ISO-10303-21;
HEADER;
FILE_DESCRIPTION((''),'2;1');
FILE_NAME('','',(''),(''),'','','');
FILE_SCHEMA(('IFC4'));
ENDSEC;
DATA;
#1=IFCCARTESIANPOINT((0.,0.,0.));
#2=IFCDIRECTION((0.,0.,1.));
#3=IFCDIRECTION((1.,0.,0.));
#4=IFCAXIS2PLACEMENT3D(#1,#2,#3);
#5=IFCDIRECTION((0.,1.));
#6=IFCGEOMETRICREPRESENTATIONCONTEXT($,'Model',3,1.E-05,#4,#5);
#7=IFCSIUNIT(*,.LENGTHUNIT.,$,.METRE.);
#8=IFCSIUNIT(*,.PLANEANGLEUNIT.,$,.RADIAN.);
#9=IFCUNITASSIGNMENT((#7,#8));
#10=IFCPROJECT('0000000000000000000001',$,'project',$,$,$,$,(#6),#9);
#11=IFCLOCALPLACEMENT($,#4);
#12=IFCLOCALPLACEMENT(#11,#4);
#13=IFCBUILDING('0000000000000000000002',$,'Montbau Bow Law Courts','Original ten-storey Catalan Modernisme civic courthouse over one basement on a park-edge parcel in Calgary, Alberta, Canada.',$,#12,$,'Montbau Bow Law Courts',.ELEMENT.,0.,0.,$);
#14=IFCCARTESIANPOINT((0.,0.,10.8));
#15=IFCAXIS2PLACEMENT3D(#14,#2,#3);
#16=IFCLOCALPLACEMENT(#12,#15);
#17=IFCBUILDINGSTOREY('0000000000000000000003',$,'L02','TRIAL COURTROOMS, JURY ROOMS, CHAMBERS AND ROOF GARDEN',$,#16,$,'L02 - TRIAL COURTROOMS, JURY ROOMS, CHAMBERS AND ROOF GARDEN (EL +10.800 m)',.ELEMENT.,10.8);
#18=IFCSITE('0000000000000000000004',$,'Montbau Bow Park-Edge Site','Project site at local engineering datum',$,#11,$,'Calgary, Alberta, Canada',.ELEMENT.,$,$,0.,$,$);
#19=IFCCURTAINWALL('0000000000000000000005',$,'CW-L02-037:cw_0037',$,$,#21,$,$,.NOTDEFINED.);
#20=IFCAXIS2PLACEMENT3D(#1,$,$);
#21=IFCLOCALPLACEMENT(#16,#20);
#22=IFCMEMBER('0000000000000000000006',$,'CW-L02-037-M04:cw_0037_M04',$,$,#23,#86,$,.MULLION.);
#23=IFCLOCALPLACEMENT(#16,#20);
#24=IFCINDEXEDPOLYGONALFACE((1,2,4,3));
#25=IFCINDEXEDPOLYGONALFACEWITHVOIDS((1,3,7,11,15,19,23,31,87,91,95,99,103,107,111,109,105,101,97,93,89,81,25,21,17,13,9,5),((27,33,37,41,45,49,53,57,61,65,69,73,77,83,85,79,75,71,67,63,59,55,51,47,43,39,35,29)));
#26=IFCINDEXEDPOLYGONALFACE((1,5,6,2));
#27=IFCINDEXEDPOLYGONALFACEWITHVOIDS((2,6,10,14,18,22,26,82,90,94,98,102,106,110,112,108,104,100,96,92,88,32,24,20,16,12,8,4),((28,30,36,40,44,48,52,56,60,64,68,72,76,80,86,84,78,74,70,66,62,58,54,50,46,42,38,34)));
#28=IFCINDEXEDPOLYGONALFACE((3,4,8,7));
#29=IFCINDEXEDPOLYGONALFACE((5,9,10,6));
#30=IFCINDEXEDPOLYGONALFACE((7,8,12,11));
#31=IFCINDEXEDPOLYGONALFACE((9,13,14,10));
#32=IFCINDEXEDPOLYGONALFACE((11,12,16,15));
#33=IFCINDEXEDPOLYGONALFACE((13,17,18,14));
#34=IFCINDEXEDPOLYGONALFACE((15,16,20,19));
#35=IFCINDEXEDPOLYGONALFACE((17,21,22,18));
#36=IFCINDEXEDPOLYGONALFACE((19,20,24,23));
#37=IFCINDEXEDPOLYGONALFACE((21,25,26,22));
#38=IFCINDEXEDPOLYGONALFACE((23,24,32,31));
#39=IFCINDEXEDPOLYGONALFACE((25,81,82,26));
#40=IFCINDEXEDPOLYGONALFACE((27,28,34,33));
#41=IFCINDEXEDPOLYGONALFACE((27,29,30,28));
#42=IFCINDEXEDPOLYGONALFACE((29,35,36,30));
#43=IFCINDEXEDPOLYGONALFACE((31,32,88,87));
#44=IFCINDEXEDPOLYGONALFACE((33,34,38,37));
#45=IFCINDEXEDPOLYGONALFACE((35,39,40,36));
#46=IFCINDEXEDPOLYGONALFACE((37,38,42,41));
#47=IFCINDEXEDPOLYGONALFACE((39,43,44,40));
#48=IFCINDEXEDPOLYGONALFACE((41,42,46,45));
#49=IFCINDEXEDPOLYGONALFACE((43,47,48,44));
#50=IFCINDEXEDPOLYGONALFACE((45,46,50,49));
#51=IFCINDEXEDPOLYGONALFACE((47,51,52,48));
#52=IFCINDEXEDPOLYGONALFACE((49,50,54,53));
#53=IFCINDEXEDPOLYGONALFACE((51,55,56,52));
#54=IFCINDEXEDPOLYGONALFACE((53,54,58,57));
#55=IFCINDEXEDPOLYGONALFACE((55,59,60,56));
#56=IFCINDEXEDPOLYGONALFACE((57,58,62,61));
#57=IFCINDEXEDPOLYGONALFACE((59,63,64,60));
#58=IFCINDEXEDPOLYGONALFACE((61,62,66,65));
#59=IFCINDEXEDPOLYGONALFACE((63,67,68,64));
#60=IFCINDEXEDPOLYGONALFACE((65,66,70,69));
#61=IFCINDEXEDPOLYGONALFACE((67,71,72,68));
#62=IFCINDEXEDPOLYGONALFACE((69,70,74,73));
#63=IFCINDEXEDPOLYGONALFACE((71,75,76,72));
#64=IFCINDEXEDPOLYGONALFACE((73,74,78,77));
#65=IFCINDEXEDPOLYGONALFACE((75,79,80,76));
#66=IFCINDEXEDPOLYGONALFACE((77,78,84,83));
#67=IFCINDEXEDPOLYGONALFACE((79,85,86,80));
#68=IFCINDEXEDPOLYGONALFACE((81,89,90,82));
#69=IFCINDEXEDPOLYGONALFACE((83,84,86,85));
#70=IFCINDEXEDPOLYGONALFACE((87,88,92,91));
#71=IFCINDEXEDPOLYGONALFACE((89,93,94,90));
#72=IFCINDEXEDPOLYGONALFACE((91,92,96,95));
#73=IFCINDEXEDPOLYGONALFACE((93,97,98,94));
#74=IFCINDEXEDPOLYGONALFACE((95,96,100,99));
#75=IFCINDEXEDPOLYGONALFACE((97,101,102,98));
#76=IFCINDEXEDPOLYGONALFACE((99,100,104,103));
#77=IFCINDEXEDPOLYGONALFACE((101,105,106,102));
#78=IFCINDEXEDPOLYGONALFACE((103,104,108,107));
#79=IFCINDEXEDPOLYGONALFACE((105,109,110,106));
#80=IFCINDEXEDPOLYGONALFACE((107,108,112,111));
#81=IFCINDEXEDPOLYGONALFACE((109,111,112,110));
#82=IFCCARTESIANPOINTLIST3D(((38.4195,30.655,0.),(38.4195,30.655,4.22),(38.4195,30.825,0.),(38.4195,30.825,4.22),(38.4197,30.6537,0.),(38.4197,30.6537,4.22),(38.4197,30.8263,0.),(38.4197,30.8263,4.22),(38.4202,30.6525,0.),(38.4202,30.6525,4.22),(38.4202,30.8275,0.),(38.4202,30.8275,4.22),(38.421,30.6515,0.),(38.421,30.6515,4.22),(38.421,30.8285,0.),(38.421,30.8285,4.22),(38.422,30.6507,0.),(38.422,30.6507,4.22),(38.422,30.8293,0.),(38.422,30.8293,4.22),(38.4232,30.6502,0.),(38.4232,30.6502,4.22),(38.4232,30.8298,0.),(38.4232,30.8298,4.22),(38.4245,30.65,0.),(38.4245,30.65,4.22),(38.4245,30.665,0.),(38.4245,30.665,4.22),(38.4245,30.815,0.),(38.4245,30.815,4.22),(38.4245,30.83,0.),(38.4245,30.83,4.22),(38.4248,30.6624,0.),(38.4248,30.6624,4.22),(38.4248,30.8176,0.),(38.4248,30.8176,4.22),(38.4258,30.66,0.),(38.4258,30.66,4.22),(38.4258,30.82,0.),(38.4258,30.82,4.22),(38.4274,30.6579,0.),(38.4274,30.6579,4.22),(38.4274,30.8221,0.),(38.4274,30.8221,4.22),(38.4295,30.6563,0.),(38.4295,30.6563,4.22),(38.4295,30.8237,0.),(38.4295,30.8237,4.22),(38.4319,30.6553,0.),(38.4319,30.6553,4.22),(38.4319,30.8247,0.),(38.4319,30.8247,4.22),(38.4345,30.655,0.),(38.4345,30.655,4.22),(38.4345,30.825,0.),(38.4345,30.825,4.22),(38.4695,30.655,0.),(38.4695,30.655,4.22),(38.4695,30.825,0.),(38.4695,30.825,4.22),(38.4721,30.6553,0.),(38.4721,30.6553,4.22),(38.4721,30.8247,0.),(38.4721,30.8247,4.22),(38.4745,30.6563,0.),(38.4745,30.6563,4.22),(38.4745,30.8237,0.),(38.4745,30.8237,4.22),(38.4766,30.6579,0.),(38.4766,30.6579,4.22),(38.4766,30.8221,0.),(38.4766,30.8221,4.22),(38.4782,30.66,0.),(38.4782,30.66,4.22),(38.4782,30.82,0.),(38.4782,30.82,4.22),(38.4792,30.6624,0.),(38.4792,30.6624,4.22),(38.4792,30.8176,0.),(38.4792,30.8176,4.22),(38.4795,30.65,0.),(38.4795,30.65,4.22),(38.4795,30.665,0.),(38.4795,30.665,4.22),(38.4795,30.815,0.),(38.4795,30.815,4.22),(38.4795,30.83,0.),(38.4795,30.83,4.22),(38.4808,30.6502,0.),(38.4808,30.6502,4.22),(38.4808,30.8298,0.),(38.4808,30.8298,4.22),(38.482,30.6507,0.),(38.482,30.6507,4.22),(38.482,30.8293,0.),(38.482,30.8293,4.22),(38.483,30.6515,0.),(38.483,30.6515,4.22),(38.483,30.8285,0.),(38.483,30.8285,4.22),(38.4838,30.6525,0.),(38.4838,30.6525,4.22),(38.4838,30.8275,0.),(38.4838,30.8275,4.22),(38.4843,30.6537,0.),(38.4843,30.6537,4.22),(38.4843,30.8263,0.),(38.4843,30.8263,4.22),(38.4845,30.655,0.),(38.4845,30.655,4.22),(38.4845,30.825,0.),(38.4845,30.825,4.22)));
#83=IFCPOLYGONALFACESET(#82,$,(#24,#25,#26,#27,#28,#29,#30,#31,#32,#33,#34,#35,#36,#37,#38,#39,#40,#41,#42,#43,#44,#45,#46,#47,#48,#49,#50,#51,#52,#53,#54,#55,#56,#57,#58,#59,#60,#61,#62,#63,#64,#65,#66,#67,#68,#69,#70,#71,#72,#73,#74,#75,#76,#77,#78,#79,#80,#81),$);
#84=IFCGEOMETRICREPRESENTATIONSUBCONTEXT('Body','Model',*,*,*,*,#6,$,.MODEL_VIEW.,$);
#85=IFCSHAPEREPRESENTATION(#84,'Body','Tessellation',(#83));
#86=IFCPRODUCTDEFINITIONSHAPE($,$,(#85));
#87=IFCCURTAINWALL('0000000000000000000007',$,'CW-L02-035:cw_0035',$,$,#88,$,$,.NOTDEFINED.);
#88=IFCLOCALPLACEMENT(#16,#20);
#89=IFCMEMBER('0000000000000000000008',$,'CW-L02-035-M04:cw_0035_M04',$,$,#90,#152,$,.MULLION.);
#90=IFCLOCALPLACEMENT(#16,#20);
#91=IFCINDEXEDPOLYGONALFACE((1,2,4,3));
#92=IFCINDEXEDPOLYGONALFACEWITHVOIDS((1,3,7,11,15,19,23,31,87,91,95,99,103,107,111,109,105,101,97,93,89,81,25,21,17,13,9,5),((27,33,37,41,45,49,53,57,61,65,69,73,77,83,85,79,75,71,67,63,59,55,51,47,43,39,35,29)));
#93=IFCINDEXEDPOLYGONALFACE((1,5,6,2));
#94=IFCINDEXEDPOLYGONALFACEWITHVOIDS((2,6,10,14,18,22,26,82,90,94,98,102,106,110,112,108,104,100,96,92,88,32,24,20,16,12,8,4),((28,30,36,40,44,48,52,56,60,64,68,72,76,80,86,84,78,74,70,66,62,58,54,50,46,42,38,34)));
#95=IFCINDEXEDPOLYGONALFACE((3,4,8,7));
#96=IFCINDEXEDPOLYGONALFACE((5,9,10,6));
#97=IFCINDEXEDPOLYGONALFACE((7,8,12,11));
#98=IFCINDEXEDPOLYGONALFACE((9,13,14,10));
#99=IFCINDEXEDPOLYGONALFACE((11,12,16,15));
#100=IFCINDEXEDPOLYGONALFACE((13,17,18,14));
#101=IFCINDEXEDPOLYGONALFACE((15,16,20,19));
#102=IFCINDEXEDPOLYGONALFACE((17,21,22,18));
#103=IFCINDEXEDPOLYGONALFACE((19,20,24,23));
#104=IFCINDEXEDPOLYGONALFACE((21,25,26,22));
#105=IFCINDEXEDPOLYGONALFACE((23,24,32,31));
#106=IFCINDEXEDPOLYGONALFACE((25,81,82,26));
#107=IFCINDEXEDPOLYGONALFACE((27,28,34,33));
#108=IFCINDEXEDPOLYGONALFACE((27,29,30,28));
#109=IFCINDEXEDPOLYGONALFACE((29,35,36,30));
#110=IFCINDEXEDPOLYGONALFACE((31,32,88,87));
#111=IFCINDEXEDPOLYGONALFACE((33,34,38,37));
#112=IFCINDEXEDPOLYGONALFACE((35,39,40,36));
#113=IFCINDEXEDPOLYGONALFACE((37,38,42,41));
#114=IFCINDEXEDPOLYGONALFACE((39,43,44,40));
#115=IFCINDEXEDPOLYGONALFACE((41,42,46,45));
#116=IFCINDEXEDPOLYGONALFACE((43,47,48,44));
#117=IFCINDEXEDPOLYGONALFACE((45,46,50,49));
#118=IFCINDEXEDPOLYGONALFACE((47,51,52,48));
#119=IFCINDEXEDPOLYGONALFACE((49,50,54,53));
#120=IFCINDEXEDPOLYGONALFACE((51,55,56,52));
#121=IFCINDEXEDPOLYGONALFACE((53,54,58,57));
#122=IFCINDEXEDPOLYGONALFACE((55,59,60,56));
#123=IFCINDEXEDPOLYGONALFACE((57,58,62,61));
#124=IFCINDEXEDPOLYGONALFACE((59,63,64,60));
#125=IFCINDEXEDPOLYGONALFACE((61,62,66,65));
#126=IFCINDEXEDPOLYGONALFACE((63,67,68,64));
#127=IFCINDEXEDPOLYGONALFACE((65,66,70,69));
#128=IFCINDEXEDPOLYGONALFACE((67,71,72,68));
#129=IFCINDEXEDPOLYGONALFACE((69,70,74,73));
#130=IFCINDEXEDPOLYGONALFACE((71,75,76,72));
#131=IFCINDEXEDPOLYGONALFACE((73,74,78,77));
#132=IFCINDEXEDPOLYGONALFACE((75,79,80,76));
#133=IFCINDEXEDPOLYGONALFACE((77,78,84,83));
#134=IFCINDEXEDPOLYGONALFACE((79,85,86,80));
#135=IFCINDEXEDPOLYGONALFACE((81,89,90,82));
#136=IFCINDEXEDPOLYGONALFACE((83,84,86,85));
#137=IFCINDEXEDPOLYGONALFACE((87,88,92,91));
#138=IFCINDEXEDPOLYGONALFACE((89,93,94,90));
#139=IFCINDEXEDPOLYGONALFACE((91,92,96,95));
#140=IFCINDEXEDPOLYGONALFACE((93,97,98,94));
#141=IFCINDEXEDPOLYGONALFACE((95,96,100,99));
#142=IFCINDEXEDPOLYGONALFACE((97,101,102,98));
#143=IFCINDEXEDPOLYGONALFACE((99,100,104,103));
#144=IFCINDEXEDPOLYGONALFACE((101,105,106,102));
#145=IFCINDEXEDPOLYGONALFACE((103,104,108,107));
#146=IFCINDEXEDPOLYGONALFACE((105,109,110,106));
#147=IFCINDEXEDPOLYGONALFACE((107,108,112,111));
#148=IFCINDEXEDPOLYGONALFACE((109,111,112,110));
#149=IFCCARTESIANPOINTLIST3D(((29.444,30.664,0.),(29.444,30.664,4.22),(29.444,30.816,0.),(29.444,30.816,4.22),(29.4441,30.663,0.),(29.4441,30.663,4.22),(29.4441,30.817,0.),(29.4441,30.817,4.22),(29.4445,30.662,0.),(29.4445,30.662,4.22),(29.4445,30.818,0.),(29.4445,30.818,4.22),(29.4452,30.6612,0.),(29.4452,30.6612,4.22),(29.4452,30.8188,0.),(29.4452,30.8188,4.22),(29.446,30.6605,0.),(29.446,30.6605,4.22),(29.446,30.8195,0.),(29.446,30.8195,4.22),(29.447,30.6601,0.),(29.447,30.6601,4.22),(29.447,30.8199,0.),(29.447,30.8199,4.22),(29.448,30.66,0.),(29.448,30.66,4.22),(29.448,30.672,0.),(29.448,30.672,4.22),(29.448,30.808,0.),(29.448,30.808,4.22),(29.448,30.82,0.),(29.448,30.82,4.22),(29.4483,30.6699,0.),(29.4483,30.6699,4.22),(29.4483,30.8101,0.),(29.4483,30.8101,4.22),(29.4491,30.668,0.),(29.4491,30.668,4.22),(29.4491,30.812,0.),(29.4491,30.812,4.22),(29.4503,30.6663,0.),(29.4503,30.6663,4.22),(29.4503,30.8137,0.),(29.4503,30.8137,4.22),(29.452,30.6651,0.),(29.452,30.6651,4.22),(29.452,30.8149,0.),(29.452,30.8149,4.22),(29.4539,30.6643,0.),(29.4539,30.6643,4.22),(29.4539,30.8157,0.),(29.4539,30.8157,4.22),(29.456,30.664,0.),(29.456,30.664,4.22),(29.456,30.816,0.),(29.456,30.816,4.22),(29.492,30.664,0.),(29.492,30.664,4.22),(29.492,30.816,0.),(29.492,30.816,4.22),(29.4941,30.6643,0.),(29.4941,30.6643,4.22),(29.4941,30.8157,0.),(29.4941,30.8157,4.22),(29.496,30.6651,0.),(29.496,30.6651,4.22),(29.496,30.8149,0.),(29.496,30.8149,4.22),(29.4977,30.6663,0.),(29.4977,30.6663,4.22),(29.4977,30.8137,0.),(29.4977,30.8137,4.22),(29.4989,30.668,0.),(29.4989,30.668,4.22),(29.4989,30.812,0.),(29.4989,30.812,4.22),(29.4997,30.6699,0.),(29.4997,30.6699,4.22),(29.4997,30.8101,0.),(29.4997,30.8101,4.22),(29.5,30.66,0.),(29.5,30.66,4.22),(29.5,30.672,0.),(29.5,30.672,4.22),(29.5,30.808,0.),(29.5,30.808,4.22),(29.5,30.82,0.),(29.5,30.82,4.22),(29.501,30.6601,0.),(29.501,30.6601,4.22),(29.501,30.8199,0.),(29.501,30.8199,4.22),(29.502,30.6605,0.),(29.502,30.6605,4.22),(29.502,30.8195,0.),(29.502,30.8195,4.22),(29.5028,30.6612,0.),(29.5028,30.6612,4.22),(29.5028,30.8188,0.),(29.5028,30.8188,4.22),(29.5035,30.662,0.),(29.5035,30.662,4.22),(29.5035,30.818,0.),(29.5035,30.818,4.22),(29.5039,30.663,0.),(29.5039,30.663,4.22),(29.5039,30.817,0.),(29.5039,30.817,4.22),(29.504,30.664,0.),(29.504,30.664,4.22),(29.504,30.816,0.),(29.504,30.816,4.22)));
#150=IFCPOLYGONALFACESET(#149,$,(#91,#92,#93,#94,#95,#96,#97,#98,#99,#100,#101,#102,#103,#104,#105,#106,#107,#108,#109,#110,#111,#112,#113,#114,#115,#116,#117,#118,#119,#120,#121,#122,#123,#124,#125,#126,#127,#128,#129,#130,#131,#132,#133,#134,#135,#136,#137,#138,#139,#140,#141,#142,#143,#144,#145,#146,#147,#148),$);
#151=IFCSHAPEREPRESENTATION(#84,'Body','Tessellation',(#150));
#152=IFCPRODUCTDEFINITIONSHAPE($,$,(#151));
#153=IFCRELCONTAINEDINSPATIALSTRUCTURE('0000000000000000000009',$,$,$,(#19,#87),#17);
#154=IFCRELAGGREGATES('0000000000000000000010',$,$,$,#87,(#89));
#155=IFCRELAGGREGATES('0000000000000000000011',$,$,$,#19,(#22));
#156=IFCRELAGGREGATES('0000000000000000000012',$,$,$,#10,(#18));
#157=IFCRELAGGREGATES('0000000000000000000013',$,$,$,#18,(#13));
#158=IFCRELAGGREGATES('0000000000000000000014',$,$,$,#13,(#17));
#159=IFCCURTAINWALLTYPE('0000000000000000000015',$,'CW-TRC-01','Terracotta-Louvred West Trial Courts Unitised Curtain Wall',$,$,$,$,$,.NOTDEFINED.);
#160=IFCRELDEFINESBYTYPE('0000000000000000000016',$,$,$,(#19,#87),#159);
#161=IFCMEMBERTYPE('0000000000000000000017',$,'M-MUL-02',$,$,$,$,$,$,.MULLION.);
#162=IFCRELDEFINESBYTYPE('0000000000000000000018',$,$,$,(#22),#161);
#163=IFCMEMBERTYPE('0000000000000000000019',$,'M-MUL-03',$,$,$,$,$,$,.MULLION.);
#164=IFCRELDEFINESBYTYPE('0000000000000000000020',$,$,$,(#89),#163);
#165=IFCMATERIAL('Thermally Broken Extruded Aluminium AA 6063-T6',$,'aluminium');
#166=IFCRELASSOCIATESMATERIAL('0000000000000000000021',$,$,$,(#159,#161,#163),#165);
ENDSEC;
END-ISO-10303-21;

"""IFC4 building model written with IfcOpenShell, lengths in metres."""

from ifc_helpers import new_model, si_unit, direction, frame, origin_with_axes, origin_2d_with_axis, place, context, subcontext, project, spatial, hollow_rectangle, extrude, material, material_profile, profile_set, type_object, element, aggregate, save


model = new_model("IFC4")

# Units and contexts
model_context = context("Model", 3, precision=1e-05, world=origin_with_axes(), true_north=direction((0.0, 1.0)))
body_context = subcontext(model_context, "Body", "Model", "MODEL_VIEW")
ifc_project = project(units=[si_unit("LENGTHUNIT", "METRE"), si_unit("PLANEANGLEUNIT", "RADIAN")], contexts=[model_context])

# Site, building, storey
site_placement = place(None, origin_with_axes())
site = spatial("IfcSite", under=ifc_project, at=site_placement, Name="Montbau Bow Park-Edge Site", Description="Project site at local engineering datum", LongName="Calgary, Alberta, Canada", CompositionType="ELEMENT", RefElevation=0.0)
building_placement = place(site_placement, origin_with_axes())
building = spatial("IfcBuilding", under=site, at=building_placement, Name="Montbau Bow Law Courts", Description="Original ten-storey Catalan Modernisme civic courthouse over one basement on a park-edge parcel in Calgary, Alberta, Canada.", LongName="Montbau Bow Law Courts", CompositionType="ELEMENT", ElevationOfRefHeight=0.0, ElevationOfTerrain=0.0)
storey_placement = place(building_placement, frame((0.0, 0.0, 10.8), z_axis=(0.0, 0.0, 1.0), x_axis=(1.0, 0.0, 0.0)))
storey = spatial("IfcBuildingStorey", under=building, at=storey_placement, Name="L02", Description="TRIAL COURTROOMS, JURY ROOMS, CHAMBERS AND ROOF GARDEN", LongName="L02 - TRIAL COURTROOMS, JURY ROOMS, CHAMBERS AND ROOF GARDEN (EL +10.800 m)", CompositionType="ELEMENT", Elevation=10.8)

# Curtain wall, member
ifc_material_1 = material(Name="Thermally Broken Extruded Aluminium AA 6063-T6", Category="aluminium")
curtain_wall_type = type_object("IfcCurtainWallType", Name="CW-TRC-01", Description="Terracotta-Louvred West Trial Courts Unitised Curtain Wall", PredefinedType="NOTDEFINED", material=ifc_material_1)
curtain_wall_1_placement = place(None, frame((34.697, 30.74, 10.8), z_axis=(0.0, 0.0, 1.0), x_axis=(1.0, 0.0, 0.0)))
curtain_wall_1 = element("IfcCurtainWall", 1, at=curtain_wall_1_placement, inside=storey, type_object=curtain_wall_type, Name="CW-L02-037:cw_0037", PredefinedType="NOTDEFINED")
ifc_material_profile_1 = material_profile(ifc_material_1, hollow_rectangle(XDim=0.065, YDim=0.18, WallThickness=0.005, InnerFilletRadius=0.01, OuterFilletRadius=0.005, at=origin_2d_with_axis()), Name="CWM-180X65", Category="Main", Priority=0)
ifc_profile_set_1 = profile_set([ifc_material_profile_1], Name="Thermally Broken Extruded Aluminium AA 6063-T6")
member_type_1 = type_object("IfcMemberType", Name="M-MUL-02", PredefinedType="MULLION", material=ifc_profile_set_1)
member_1_placement = place(None, frame((38.452, 30.74, 10.8), z_axis=(0.0, 0.0, 1.0), x_axis=(1.0, 0.0, 0.0)))
member_1 = element("IfcMember", 2, at=member_1_placement, type_object=member_type_1, Name="CW-L02-037-M04:cw_0037_M04", PredefinedType="MULLION", context=body_context, shape_type="SweptSolid", body=[
    extrude(hollow_rectangle(XDim=0.065, YDim=0.18, WallThickness=0.005, InnerFilletRadius=0.01, OuterFilletRadius=0.005, at=origin_2d_with_axis()), origin_with_axes(), (0.0, 0.0, 1.0), 4.22),
])

# Curtain wall, member
curtain_wall_2_placement = place(None, frame((25.496, 30.74, 10.8), z_axis=(0.0, 0.0, 1.0), x_axis=(1.0, 0.0, 0.0)))
curtain_wall_2 = element("IfcCurtainWall", 3, at=curtain_wall_2_placement, inside=storey, type_object=curtain_wall_type, Name="CW-L02-035:cw_0035", PredefinedType="NOTDEFINED")
ifc_material_profile_2 = material_profile(ifc_material_1, hollow_rectangle(XDim=0.06, YDim=0.16, WallThickness=0.004, InnerFilletRadius=0.008, OuterFilletRadius=0.004, at=origin_2d_with_axis()), Name="CWM-160X60", Category="Main", Priority=0)
ifc_profile_set_2 = profile_set([ifc_material_profile_2], Name="Thermally Broken Extruded Aluminium AA 6063-T6")
member_type_2 = type_object("IfcMemberType", Name="M-MUL-03", PredefinedType="MULLION", material=ifc_profile_set_2)
member_2_placement = place(None, frame((29.474, 30.74, 10.8), z_axis=(0.0, 0.0, 1.0), x_axis=(1.0, 0.0, 0.0)))
member_2 = element("IfcMember", 4, at=member_2_placement, type_object=member_type_2, Name="CW-L02-035-M04:cw_0035_M04", PredefinedType="MULLION", context=body_context, shape_type="SweptSolid", body=[
    extrude(hollow_rectangle(XDim=0.06, YDim=0.16, WallThickness=0.004, InnerFilletRadius=0.008, OuterFilletRadius=0.004, at=origin_2d_with_axis()), origin_with_axes(), (0.0, 0.0, 1.0), 4.22),
])

aggregate(curtain_wall_2, [member_2])
aggregate(curtain_wall_1, [member_1])

save(model, "model.ifc")
